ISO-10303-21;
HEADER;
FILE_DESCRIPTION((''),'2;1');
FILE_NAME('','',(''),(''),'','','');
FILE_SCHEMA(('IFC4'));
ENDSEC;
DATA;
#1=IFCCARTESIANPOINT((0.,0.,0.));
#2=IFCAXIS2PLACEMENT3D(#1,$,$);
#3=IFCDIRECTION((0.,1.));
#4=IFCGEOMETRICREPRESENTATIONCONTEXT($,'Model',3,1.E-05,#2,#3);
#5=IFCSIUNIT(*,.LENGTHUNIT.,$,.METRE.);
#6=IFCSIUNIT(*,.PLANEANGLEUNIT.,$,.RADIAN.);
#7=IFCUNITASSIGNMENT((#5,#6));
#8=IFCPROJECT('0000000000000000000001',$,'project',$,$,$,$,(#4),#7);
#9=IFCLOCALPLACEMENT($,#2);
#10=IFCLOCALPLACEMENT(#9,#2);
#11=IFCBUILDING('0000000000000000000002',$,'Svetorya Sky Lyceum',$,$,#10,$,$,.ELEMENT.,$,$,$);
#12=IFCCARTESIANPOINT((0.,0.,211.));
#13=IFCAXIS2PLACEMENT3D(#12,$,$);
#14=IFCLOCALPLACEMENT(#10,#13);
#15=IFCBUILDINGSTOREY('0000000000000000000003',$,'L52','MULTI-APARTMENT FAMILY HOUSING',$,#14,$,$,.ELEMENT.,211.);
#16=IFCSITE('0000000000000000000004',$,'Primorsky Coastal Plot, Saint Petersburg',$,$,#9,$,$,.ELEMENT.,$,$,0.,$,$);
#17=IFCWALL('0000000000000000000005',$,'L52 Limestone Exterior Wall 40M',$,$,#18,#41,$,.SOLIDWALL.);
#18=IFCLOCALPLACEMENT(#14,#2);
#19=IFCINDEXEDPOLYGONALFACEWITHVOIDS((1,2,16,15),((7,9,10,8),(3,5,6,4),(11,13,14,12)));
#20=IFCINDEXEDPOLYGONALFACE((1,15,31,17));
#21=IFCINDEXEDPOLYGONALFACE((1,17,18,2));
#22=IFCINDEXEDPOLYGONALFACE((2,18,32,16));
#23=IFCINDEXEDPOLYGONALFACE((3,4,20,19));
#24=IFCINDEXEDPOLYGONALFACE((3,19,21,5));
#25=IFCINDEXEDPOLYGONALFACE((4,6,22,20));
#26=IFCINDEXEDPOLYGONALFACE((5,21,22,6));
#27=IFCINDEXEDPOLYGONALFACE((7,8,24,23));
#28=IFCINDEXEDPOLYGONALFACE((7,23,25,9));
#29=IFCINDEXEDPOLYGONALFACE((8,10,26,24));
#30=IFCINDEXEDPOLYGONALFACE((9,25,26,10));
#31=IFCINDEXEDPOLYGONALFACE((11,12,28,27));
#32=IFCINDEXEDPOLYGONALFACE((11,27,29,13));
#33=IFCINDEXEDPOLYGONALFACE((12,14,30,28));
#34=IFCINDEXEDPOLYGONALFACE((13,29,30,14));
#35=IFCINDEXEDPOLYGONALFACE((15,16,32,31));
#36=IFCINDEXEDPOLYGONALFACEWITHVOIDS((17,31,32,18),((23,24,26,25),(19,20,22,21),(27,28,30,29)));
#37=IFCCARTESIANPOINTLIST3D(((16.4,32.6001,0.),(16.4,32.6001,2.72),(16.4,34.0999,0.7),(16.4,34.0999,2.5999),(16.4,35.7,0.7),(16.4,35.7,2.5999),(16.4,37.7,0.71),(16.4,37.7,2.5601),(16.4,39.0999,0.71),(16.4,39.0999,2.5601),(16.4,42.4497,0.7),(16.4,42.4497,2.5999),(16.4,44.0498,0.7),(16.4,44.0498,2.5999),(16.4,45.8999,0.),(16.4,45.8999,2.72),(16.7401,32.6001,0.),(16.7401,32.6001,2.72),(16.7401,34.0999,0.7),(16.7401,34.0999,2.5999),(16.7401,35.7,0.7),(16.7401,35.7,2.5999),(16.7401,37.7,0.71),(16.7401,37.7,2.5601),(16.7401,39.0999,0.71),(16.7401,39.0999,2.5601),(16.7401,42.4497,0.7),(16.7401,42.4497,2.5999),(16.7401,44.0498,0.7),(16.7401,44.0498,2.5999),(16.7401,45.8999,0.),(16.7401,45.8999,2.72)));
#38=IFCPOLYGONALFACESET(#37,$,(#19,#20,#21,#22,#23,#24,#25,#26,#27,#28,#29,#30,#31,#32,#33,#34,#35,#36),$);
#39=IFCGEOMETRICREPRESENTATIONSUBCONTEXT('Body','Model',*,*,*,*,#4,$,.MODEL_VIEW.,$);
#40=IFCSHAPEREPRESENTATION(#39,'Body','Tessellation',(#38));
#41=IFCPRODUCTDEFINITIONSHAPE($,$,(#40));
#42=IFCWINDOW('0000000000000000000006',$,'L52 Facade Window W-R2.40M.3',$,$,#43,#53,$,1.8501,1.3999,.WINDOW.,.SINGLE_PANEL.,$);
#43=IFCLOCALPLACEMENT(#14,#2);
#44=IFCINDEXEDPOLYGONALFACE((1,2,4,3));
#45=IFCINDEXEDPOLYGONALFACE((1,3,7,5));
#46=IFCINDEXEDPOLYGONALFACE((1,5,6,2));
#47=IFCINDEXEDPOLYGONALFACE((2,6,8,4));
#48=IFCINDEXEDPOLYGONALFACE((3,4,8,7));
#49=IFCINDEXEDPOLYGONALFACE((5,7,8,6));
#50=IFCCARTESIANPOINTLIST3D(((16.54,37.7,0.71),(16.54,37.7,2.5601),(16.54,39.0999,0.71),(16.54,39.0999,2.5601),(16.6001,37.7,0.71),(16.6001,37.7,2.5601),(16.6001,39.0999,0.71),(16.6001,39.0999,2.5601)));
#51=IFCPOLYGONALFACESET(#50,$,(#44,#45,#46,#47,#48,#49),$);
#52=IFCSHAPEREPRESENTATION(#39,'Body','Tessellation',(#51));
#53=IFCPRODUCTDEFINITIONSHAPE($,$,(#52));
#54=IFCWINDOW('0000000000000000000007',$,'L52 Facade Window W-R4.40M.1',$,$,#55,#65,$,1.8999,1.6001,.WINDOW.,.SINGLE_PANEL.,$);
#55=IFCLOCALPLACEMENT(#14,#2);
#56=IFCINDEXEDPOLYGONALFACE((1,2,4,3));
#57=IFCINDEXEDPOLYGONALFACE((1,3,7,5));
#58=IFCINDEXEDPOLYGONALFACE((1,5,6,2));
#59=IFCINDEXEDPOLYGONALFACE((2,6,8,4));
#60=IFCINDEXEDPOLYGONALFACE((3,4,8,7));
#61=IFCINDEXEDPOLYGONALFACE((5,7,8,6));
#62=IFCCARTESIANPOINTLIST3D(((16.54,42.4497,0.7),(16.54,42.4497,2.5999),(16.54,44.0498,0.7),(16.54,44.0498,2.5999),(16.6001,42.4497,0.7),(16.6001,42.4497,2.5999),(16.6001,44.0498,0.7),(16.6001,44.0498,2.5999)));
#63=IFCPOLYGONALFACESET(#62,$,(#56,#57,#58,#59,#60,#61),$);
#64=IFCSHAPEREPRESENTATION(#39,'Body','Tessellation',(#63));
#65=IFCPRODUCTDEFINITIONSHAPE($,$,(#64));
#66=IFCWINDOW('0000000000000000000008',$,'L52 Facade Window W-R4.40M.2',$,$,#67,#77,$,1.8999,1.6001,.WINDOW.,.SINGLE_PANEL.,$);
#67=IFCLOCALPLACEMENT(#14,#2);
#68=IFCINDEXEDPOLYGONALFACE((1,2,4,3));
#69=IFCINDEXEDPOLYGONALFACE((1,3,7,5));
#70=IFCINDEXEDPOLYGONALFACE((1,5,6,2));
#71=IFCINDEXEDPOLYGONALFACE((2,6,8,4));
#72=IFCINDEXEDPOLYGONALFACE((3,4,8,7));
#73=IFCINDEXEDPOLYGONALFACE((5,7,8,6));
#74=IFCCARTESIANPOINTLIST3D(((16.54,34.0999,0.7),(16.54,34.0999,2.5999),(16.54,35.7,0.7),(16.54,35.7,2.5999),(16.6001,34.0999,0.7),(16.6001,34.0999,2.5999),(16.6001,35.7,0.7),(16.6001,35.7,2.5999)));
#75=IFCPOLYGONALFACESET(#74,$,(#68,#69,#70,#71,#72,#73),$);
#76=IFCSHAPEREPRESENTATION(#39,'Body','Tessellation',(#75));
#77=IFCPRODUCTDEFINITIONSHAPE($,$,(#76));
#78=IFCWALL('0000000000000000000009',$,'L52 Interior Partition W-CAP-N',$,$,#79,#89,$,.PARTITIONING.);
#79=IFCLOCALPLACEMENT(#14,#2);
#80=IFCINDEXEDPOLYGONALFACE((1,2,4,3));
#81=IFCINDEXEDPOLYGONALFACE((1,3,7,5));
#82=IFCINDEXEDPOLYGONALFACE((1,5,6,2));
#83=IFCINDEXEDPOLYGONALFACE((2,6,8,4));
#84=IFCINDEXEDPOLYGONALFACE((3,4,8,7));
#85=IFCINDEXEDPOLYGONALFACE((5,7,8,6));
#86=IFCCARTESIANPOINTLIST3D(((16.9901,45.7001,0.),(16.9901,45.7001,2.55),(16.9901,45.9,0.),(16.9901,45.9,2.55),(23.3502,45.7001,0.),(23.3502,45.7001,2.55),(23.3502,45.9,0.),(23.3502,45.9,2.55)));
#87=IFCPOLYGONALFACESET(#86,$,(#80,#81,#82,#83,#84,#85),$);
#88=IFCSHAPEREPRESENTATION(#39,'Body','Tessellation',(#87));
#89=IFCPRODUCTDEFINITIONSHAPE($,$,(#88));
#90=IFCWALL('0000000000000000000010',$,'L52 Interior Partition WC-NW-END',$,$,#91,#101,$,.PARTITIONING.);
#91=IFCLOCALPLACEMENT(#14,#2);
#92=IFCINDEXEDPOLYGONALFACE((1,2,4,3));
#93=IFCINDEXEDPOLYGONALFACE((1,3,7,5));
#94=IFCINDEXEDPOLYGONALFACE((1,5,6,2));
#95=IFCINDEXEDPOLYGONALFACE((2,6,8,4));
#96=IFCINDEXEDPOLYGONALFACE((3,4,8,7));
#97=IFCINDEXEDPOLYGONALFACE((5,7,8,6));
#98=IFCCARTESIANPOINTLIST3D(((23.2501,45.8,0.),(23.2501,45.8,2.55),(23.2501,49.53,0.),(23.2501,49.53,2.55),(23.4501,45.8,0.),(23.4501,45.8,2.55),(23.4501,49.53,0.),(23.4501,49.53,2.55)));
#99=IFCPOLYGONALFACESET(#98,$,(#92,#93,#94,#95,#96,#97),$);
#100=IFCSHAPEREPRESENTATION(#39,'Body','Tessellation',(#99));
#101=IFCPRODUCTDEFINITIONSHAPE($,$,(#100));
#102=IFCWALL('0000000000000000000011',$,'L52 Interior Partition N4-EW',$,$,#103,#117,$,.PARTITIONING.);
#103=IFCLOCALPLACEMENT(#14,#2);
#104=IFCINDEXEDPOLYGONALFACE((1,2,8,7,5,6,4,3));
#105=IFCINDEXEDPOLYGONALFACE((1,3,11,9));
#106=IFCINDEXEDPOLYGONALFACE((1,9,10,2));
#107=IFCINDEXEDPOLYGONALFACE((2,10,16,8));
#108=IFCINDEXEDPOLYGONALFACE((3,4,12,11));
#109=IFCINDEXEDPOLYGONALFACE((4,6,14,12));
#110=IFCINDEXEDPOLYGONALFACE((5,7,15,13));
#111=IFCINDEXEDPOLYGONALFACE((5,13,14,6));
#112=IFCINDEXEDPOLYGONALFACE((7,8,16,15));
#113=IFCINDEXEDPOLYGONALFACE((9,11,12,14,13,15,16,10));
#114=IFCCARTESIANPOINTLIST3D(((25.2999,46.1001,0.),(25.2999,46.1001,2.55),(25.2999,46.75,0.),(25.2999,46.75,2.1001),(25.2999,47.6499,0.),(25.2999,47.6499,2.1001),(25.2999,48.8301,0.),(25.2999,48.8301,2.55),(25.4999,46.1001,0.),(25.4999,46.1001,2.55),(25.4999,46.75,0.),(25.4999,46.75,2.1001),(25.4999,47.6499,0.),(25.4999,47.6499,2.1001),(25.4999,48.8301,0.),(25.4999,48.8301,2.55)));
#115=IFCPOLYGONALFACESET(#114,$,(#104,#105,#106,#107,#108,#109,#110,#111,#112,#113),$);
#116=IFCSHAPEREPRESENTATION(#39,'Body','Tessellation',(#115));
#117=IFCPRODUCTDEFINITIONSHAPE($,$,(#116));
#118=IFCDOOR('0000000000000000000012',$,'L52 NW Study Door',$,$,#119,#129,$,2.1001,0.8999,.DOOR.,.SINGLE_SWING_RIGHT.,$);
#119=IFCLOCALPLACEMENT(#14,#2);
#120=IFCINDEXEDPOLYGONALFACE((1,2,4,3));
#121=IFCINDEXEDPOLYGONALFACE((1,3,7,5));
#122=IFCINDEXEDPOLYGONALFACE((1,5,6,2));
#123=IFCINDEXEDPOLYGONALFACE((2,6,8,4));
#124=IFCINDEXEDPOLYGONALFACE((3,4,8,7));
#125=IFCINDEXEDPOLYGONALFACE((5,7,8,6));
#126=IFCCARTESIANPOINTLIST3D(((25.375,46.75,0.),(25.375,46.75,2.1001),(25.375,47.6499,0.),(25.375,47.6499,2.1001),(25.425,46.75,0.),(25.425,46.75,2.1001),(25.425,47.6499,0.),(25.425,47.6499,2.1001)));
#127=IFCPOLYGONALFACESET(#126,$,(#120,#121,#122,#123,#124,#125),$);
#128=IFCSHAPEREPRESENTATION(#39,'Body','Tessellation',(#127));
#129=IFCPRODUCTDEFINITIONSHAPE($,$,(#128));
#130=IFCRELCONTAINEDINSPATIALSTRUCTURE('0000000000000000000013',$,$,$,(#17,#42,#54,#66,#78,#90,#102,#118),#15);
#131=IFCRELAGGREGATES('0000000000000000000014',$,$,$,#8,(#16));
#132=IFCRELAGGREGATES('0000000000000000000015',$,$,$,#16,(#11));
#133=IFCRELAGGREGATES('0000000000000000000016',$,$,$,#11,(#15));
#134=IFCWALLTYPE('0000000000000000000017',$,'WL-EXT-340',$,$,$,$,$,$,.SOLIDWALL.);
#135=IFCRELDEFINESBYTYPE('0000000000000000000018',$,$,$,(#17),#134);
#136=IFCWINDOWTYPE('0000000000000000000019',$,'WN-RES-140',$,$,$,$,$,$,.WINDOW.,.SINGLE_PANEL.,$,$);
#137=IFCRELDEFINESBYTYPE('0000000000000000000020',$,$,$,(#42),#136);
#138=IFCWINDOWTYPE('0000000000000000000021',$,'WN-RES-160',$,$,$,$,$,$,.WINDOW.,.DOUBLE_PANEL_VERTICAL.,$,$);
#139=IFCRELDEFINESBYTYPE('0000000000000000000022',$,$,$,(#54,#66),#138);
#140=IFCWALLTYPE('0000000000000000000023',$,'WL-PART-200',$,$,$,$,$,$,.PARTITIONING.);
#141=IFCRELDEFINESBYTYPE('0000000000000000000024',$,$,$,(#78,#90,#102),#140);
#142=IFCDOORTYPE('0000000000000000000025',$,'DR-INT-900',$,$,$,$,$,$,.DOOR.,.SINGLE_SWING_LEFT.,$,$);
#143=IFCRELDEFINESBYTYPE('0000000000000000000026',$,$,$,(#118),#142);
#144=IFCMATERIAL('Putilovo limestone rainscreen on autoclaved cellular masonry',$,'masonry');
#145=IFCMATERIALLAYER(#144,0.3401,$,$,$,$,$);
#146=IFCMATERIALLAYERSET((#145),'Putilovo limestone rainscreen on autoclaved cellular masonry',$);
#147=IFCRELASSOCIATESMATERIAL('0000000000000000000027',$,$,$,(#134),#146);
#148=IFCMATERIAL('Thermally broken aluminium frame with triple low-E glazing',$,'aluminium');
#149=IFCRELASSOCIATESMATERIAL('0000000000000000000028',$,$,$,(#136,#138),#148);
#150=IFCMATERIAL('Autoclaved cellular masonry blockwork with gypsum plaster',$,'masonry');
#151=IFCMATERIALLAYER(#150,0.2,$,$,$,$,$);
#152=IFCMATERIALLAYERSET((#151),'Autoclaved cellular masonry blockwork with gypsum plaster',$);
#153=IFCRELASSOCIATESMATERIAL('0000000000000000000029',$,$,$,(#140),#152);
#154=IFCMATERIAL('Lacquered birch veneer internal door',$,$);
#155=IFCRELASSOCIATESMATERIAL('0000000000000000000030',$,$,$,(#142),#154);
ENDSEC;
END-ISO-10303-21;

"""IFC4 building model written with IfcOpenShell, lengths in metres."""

from ifc_helpers import new_model, si_unit, direction, frame, frame_2d, origin, place, context, subcontext, project, spatial, rectangle, extrude, material, layer, layer_set, type_object, element, fill, save


model = new_model("IFC4")

# Units and contexts
model_context = context("Model", 3, precision=1e-05, world=origin(), true_north=direction((0.0, 1.0)))
body_context = subcontext(model_context, "Body", "Model", "MODEL_VIEW")
ifc_project = project(units=[si_unit("LENGTHUNIT", "METRE"), si_unit("PLANEANGLEUNIT", "RADIAN")], contexts=[model_context])

# Site, building, storey
site_placement = place(None, origin())
site = spatial("IfcSite", under=ifc_project, at=site_placement, Name="Primorsky Coastal Plot, Saint Petersburg", CompositionType="ELEMENT", RefElevation=0.0)
building_placement = place(site_placement, origin())
building = spatial("IfcBuilding", under=site, at=building_placement, Name="Svetorya Sky Lyceum", CompositionType="ELEMENT")
storey_placement = place(building_placement, frame((0.0, 0.0, 211.0)))
storey = spatial("IfcBuildingStorey", under=building, at=storey_placement, Name="L52", Description="MULTI-APARTMENT FAMILY HOUSING", CompositionType="ELEMENT", Elevation=211.0)

# Shared definitions
ifc_material_1 = material(Name="Putilovo limestone rainscreen on autoclaved cellular masonry", Category="masonry")
ifc_layer_1 = layer(ifc_material_1, 0.3401)
ifc_layer_set_1 = layer_set([ifc_layer_1], Name="Putilovo limestone rainscreen on autoclaved cellular masonry")
wall_type_1 = type_object("IfcWallType", Name="WL-EXT-340", PredefinedType="SOLIDWALL", material=ifc_layer_set_1)

# Wall, openings, windows
wall_1_placement = place(storey_placement, frame((16.5701, 45.8999, 0.0), z_axis=(0.0, 0.0, 1.0), x_axis=(0.0, -1.0, 0.0)))
wall_1 = element("IfcWall", 1, at=wall_1_placement, inside=storey, type_object=wall_type_1, Name="L52 Limestone Exterior Wall 40M", PredefinedType="SOLIDWALL", context=body_context, shape_type="SweptSolid", body=[
    extrude(rectangle(XDim=13.2998, YDim=0.3401, at=frame_2d((6.6499, 0.0))), origin(), (0.0, 0.0, 1.0), 2.72),
])
opening_1_placement = place(wall_1_placement, frame((1.8501, 0.0, 0.7)))
opening_1 = element("IfcOpeningElement", 2, at=opening_1_placement, cuts=wall_1, PredefinedType="OPENING", context=body_context, shape_type="SweptSolid", body=[
    extrude(rectangle(XDim=1.6001, YDim=1.8999, at=frame_2d((0.8, 0.95))), frame((0.0, 0.1799, 0.0), z_axis=(0.0, -1.0, 0.0), x_axis=(1.0, 0.0, 0.0)), (0.0, 0.0, 1.0), 0.3601),
])
opening_2_placement = place(wall_1_placement, frame((6.8, 0.0, 0.71)))
opening_2 = element("IfcOpeningElement", 3, at=opening_2_placement, cuts=wall_1, PredefinedType="OPENING", context=body_context, shape_type="SweptSolid", body=[
    extrude(rectangle(XDim=1.3999, YDim=1.8501, at=frame_2d((0.7, 0.925))), frame((0.0, 0.1799, 0.0), z_axis=(0.0, -1.0, 0.0), x_axis=(1.0, 0.0, 0.0)), (0.0, 0.0, 1.0), 0.3601),
])
opening_3_placement = place(wall_1_placement, frame((10.2, 0.0, 0.7)))
opening_3 = element("IfcOpeningElement", 4, at=opening_3_placement, cuts=wall_1, PredefinedType="OPENING", context=body_context, shape_type="SweptSolid", body=[
    extrude(rectangle(XDim=1.6001, YDim=1.8999, at=frame_2d((0.8, 0.95))), frame((0.0, 0.1799, 0.0), z_axis=(0.0, -1.0, 0.0), x_axis=(1.0, 0.0, 0.0)), (0.0, 0.0, 1.0), 0.3601),
])
ifc_material_2 = material(Name="Thermally broken aluminium frame with triple low-E glazing", Category="aluminium")
window_type_1 = type_object("IfcWindowType", Name="WN-RES-140", PartitioningType="SINGLE_PANEL", PredefinedType="WINDOW", material=ifc_material_2)
window_1_placement = place(opening_2_placement, origin())
window_1 = element("IfcWindow", 5, at=window_1_placement, inside=storey, type_object=window_type_1, Name="L52 Facade Window W-R2.40M.3", OverallHeight=1.8501, OverallWidth=1.3999, PartitioningType="SINGLE_PANEL", PredefinedType="WINDOW", context=body_context, shape_type="SweptSolid", body=[
    extrude(rectangle(XDim=1.3999, YDim=1.8501, at=frame_2d((0.7, 0.925))), frame((0.0, 0.03, 0.0), z_axis=(0.0, -1.0, 0.0), x_axis=(1.0, 0.0, 0.0)), (0.0, 0.0, 1.0), 0.0601),
])
fill(opening_2, window_1)
window_type_2 = type_object("IfcWindowType", Name="WN-RES-160", PartitioningType="DOUBLE_PANEL_VERTICAL", PredefinedType="WINDOW", material=ifc_material_2)
window_2_placement = place(opening_1_placement, origin())
window_2 = element("IfcWindow", 6, at=window_2_placement, inside=storey, type_object=window_type_2, Name="L52 Facade Window W-R4.40M.1", OverallHeight=1.8999, OverallWidth=1.6001, PartitioningType="SINGLE_PANEL", PredefinedType="WINDOW", context=body_context, shape_type="SweptSolid", body=[
    extrude(rectangle(XDim=1.6001, YDim=1.8999, at=frame_2d((0.8, 0.95))), frame((0.0, 0.03, 0.0), z_axis=(0.0, -1.0, 0.0), x_axis=(1.0, 0.0, 0.0)), (0.0, 0.0, 1.0), 0.0601),
])
fill(opening_1, window_2)
window_3_placement = place(opening_3_placement, origin())
window_3 = element("IfcWindow", 7, at=window_3_placement, inside=storey, type_object=window_type_2, Name="L52 Facade Window W-R4.40M.2", OverallHeight=1.8999, OverallWidth=1.6001, PartitioningType="SINGLE_PANEL", PredefinedType="WINDOW", context=body_context, shape_type="SweptSolid", body=[
    extrude(rectangle(XDim=1.6001, YDim=1.8999, at=frame_2d((0.8, 0.95))), frame((0.0, 0.03, 0.0), z_axis=(0.0, -1.0, 0.0), x_axis=(1.0, 0.0, 0.0)), (0.0, 0.0, 1.0), 0.0601),
])
fill(opening_3, window_3)

# Walls
ifc_material_3 = material(Name="Autoclaved cellular masonry blockwork with gypsum plaster", Category="masonry")
ifc_layer_2 = layer(ifc_material_3, 0.2)
ifc_layer_set_2 = layer_set([ifc_layer_2], Name="Autoclaved cellular masonry blockwork with gypsum plaster")
wall_type_2 = type_object("IfcWallType", Name="WL-PART-200", PredefinedType="PARTITIONING", material=ifc_layer_set_2)
wall_2_placement = place(storey_placement, frame((16.99, 45.8, 0.0), z_axis=(0.0, 0.0, 1.0), x_axis=(1.0, 0.0, 0.0)))
element("IfcWall", 8, at=wall_2_placement, inside=storey, type_object=wall_type_2, Name="L52 Interior Partition W-CAP-N", PredefinedType="PARTITIONING", context=body_context, shape_type="SweptSolid", body=[
    extrude(rectangle(XDim=6.3601, YDim=0.2, at=frame_2d((3.1802, 0.0))), origin(), (0.0, 0.0, 1.0), 2.55),
])
wall_3_placement = place(storey_placement, frame((23.3501, 45.8, 0.0), z_axis=(0.0, 0.0, 1.0), x_axis=(0.0, 1.0, 0.0)))
element("IfcWall", 9, at=wall_3_placement, inside=storey, type_object=wall_type_2, Name="L52 Interior Partition WC-NW-END", PredefinedType="PARTITIONING", context=body_context, shape_type="SweptSolid", body=[
    extrude(rectangle(XDim=3.73, YDim=0.2, at=frame_2d((1.865, 0.0))), origin(), (0.0, 0.0, 1.0), 2.55),
])

# Wall, opening, door
wall_4_placement = place(storey_placement, frame((25.3999, 46.1001, 0.0), z_axis=(0.0, 0.0, 1.0), x_axis=(0.0, 1.0, 0.0)))
wall_4 = element("IfcWall", 10, at=wall_4_placement, inside=storey, type_object=wall_type_2, Name="L52 Interior Partition N4-EW", PredefinedType="PARTITIONING", context=body_context, shape_type="SweptSolid", body=[
    extrude(rectangle(XDim=2.73, YDim=0.2, at=frame_2d((1.365, 0.0))), origin(), (0.0, 0.0, 1.0), 2.55),
])
opening_4_placement = place(wall_4_placement, frame((0.6499, 0.0, 0.0)))
opening_4 = element("IfcOpeningElement", 11, at=opening_4_placement, cuts=wall_4, PredefinedType="OPENING", context=body_context, shape_type="SweptSolid", body=[
    extrude(rectangle(XDim=0.8999, YDim=2.1001, at=frame_2d((0.45, 1.05))), frame((0.0, 0.1099, 0.0), z_axis=(0.0, -1.0, 0.0), x_axis=(1.0, 0.0, 0.0)), (0.0, 0.0, 1.0), 0.22),
])
ifc_material_4 = material(Name="Lacquered birch veneer internal door")
door_type = type_object("IfcDoorType", Name="DR-INT-900", OperationType="SINGLE_SWING_LEFT", PredefinedType="DOOR", material=ifc_material_4)
door_placement = place(opening_4_placement, origin())
door = element("IfcDoor", 12, at=door_placement, inside=storey, type_object=door_type, Name="L52 NW Study Door", OperationType="SINGLE_SWING_RIGHT", OverallHeight=2.1001, OverallWidth=0.8999, PredefinedType="DOOR", context=body_context, shape_type="SweptSolid", body=[
    extrude(rectangle(XDim=0.8999, YDim=2.1001, at=frame_2d((0.45, 1.05))), frame((0.0, 0.0249, 0.0), z_axis=(0.0, -1.0, 0.0), x_axis=(1.0, 0.0, 0.0)), (0.0, 0.0, 1.0), 0.05),
])
fill(opening_4, door)

save(model, "model.ifc")
